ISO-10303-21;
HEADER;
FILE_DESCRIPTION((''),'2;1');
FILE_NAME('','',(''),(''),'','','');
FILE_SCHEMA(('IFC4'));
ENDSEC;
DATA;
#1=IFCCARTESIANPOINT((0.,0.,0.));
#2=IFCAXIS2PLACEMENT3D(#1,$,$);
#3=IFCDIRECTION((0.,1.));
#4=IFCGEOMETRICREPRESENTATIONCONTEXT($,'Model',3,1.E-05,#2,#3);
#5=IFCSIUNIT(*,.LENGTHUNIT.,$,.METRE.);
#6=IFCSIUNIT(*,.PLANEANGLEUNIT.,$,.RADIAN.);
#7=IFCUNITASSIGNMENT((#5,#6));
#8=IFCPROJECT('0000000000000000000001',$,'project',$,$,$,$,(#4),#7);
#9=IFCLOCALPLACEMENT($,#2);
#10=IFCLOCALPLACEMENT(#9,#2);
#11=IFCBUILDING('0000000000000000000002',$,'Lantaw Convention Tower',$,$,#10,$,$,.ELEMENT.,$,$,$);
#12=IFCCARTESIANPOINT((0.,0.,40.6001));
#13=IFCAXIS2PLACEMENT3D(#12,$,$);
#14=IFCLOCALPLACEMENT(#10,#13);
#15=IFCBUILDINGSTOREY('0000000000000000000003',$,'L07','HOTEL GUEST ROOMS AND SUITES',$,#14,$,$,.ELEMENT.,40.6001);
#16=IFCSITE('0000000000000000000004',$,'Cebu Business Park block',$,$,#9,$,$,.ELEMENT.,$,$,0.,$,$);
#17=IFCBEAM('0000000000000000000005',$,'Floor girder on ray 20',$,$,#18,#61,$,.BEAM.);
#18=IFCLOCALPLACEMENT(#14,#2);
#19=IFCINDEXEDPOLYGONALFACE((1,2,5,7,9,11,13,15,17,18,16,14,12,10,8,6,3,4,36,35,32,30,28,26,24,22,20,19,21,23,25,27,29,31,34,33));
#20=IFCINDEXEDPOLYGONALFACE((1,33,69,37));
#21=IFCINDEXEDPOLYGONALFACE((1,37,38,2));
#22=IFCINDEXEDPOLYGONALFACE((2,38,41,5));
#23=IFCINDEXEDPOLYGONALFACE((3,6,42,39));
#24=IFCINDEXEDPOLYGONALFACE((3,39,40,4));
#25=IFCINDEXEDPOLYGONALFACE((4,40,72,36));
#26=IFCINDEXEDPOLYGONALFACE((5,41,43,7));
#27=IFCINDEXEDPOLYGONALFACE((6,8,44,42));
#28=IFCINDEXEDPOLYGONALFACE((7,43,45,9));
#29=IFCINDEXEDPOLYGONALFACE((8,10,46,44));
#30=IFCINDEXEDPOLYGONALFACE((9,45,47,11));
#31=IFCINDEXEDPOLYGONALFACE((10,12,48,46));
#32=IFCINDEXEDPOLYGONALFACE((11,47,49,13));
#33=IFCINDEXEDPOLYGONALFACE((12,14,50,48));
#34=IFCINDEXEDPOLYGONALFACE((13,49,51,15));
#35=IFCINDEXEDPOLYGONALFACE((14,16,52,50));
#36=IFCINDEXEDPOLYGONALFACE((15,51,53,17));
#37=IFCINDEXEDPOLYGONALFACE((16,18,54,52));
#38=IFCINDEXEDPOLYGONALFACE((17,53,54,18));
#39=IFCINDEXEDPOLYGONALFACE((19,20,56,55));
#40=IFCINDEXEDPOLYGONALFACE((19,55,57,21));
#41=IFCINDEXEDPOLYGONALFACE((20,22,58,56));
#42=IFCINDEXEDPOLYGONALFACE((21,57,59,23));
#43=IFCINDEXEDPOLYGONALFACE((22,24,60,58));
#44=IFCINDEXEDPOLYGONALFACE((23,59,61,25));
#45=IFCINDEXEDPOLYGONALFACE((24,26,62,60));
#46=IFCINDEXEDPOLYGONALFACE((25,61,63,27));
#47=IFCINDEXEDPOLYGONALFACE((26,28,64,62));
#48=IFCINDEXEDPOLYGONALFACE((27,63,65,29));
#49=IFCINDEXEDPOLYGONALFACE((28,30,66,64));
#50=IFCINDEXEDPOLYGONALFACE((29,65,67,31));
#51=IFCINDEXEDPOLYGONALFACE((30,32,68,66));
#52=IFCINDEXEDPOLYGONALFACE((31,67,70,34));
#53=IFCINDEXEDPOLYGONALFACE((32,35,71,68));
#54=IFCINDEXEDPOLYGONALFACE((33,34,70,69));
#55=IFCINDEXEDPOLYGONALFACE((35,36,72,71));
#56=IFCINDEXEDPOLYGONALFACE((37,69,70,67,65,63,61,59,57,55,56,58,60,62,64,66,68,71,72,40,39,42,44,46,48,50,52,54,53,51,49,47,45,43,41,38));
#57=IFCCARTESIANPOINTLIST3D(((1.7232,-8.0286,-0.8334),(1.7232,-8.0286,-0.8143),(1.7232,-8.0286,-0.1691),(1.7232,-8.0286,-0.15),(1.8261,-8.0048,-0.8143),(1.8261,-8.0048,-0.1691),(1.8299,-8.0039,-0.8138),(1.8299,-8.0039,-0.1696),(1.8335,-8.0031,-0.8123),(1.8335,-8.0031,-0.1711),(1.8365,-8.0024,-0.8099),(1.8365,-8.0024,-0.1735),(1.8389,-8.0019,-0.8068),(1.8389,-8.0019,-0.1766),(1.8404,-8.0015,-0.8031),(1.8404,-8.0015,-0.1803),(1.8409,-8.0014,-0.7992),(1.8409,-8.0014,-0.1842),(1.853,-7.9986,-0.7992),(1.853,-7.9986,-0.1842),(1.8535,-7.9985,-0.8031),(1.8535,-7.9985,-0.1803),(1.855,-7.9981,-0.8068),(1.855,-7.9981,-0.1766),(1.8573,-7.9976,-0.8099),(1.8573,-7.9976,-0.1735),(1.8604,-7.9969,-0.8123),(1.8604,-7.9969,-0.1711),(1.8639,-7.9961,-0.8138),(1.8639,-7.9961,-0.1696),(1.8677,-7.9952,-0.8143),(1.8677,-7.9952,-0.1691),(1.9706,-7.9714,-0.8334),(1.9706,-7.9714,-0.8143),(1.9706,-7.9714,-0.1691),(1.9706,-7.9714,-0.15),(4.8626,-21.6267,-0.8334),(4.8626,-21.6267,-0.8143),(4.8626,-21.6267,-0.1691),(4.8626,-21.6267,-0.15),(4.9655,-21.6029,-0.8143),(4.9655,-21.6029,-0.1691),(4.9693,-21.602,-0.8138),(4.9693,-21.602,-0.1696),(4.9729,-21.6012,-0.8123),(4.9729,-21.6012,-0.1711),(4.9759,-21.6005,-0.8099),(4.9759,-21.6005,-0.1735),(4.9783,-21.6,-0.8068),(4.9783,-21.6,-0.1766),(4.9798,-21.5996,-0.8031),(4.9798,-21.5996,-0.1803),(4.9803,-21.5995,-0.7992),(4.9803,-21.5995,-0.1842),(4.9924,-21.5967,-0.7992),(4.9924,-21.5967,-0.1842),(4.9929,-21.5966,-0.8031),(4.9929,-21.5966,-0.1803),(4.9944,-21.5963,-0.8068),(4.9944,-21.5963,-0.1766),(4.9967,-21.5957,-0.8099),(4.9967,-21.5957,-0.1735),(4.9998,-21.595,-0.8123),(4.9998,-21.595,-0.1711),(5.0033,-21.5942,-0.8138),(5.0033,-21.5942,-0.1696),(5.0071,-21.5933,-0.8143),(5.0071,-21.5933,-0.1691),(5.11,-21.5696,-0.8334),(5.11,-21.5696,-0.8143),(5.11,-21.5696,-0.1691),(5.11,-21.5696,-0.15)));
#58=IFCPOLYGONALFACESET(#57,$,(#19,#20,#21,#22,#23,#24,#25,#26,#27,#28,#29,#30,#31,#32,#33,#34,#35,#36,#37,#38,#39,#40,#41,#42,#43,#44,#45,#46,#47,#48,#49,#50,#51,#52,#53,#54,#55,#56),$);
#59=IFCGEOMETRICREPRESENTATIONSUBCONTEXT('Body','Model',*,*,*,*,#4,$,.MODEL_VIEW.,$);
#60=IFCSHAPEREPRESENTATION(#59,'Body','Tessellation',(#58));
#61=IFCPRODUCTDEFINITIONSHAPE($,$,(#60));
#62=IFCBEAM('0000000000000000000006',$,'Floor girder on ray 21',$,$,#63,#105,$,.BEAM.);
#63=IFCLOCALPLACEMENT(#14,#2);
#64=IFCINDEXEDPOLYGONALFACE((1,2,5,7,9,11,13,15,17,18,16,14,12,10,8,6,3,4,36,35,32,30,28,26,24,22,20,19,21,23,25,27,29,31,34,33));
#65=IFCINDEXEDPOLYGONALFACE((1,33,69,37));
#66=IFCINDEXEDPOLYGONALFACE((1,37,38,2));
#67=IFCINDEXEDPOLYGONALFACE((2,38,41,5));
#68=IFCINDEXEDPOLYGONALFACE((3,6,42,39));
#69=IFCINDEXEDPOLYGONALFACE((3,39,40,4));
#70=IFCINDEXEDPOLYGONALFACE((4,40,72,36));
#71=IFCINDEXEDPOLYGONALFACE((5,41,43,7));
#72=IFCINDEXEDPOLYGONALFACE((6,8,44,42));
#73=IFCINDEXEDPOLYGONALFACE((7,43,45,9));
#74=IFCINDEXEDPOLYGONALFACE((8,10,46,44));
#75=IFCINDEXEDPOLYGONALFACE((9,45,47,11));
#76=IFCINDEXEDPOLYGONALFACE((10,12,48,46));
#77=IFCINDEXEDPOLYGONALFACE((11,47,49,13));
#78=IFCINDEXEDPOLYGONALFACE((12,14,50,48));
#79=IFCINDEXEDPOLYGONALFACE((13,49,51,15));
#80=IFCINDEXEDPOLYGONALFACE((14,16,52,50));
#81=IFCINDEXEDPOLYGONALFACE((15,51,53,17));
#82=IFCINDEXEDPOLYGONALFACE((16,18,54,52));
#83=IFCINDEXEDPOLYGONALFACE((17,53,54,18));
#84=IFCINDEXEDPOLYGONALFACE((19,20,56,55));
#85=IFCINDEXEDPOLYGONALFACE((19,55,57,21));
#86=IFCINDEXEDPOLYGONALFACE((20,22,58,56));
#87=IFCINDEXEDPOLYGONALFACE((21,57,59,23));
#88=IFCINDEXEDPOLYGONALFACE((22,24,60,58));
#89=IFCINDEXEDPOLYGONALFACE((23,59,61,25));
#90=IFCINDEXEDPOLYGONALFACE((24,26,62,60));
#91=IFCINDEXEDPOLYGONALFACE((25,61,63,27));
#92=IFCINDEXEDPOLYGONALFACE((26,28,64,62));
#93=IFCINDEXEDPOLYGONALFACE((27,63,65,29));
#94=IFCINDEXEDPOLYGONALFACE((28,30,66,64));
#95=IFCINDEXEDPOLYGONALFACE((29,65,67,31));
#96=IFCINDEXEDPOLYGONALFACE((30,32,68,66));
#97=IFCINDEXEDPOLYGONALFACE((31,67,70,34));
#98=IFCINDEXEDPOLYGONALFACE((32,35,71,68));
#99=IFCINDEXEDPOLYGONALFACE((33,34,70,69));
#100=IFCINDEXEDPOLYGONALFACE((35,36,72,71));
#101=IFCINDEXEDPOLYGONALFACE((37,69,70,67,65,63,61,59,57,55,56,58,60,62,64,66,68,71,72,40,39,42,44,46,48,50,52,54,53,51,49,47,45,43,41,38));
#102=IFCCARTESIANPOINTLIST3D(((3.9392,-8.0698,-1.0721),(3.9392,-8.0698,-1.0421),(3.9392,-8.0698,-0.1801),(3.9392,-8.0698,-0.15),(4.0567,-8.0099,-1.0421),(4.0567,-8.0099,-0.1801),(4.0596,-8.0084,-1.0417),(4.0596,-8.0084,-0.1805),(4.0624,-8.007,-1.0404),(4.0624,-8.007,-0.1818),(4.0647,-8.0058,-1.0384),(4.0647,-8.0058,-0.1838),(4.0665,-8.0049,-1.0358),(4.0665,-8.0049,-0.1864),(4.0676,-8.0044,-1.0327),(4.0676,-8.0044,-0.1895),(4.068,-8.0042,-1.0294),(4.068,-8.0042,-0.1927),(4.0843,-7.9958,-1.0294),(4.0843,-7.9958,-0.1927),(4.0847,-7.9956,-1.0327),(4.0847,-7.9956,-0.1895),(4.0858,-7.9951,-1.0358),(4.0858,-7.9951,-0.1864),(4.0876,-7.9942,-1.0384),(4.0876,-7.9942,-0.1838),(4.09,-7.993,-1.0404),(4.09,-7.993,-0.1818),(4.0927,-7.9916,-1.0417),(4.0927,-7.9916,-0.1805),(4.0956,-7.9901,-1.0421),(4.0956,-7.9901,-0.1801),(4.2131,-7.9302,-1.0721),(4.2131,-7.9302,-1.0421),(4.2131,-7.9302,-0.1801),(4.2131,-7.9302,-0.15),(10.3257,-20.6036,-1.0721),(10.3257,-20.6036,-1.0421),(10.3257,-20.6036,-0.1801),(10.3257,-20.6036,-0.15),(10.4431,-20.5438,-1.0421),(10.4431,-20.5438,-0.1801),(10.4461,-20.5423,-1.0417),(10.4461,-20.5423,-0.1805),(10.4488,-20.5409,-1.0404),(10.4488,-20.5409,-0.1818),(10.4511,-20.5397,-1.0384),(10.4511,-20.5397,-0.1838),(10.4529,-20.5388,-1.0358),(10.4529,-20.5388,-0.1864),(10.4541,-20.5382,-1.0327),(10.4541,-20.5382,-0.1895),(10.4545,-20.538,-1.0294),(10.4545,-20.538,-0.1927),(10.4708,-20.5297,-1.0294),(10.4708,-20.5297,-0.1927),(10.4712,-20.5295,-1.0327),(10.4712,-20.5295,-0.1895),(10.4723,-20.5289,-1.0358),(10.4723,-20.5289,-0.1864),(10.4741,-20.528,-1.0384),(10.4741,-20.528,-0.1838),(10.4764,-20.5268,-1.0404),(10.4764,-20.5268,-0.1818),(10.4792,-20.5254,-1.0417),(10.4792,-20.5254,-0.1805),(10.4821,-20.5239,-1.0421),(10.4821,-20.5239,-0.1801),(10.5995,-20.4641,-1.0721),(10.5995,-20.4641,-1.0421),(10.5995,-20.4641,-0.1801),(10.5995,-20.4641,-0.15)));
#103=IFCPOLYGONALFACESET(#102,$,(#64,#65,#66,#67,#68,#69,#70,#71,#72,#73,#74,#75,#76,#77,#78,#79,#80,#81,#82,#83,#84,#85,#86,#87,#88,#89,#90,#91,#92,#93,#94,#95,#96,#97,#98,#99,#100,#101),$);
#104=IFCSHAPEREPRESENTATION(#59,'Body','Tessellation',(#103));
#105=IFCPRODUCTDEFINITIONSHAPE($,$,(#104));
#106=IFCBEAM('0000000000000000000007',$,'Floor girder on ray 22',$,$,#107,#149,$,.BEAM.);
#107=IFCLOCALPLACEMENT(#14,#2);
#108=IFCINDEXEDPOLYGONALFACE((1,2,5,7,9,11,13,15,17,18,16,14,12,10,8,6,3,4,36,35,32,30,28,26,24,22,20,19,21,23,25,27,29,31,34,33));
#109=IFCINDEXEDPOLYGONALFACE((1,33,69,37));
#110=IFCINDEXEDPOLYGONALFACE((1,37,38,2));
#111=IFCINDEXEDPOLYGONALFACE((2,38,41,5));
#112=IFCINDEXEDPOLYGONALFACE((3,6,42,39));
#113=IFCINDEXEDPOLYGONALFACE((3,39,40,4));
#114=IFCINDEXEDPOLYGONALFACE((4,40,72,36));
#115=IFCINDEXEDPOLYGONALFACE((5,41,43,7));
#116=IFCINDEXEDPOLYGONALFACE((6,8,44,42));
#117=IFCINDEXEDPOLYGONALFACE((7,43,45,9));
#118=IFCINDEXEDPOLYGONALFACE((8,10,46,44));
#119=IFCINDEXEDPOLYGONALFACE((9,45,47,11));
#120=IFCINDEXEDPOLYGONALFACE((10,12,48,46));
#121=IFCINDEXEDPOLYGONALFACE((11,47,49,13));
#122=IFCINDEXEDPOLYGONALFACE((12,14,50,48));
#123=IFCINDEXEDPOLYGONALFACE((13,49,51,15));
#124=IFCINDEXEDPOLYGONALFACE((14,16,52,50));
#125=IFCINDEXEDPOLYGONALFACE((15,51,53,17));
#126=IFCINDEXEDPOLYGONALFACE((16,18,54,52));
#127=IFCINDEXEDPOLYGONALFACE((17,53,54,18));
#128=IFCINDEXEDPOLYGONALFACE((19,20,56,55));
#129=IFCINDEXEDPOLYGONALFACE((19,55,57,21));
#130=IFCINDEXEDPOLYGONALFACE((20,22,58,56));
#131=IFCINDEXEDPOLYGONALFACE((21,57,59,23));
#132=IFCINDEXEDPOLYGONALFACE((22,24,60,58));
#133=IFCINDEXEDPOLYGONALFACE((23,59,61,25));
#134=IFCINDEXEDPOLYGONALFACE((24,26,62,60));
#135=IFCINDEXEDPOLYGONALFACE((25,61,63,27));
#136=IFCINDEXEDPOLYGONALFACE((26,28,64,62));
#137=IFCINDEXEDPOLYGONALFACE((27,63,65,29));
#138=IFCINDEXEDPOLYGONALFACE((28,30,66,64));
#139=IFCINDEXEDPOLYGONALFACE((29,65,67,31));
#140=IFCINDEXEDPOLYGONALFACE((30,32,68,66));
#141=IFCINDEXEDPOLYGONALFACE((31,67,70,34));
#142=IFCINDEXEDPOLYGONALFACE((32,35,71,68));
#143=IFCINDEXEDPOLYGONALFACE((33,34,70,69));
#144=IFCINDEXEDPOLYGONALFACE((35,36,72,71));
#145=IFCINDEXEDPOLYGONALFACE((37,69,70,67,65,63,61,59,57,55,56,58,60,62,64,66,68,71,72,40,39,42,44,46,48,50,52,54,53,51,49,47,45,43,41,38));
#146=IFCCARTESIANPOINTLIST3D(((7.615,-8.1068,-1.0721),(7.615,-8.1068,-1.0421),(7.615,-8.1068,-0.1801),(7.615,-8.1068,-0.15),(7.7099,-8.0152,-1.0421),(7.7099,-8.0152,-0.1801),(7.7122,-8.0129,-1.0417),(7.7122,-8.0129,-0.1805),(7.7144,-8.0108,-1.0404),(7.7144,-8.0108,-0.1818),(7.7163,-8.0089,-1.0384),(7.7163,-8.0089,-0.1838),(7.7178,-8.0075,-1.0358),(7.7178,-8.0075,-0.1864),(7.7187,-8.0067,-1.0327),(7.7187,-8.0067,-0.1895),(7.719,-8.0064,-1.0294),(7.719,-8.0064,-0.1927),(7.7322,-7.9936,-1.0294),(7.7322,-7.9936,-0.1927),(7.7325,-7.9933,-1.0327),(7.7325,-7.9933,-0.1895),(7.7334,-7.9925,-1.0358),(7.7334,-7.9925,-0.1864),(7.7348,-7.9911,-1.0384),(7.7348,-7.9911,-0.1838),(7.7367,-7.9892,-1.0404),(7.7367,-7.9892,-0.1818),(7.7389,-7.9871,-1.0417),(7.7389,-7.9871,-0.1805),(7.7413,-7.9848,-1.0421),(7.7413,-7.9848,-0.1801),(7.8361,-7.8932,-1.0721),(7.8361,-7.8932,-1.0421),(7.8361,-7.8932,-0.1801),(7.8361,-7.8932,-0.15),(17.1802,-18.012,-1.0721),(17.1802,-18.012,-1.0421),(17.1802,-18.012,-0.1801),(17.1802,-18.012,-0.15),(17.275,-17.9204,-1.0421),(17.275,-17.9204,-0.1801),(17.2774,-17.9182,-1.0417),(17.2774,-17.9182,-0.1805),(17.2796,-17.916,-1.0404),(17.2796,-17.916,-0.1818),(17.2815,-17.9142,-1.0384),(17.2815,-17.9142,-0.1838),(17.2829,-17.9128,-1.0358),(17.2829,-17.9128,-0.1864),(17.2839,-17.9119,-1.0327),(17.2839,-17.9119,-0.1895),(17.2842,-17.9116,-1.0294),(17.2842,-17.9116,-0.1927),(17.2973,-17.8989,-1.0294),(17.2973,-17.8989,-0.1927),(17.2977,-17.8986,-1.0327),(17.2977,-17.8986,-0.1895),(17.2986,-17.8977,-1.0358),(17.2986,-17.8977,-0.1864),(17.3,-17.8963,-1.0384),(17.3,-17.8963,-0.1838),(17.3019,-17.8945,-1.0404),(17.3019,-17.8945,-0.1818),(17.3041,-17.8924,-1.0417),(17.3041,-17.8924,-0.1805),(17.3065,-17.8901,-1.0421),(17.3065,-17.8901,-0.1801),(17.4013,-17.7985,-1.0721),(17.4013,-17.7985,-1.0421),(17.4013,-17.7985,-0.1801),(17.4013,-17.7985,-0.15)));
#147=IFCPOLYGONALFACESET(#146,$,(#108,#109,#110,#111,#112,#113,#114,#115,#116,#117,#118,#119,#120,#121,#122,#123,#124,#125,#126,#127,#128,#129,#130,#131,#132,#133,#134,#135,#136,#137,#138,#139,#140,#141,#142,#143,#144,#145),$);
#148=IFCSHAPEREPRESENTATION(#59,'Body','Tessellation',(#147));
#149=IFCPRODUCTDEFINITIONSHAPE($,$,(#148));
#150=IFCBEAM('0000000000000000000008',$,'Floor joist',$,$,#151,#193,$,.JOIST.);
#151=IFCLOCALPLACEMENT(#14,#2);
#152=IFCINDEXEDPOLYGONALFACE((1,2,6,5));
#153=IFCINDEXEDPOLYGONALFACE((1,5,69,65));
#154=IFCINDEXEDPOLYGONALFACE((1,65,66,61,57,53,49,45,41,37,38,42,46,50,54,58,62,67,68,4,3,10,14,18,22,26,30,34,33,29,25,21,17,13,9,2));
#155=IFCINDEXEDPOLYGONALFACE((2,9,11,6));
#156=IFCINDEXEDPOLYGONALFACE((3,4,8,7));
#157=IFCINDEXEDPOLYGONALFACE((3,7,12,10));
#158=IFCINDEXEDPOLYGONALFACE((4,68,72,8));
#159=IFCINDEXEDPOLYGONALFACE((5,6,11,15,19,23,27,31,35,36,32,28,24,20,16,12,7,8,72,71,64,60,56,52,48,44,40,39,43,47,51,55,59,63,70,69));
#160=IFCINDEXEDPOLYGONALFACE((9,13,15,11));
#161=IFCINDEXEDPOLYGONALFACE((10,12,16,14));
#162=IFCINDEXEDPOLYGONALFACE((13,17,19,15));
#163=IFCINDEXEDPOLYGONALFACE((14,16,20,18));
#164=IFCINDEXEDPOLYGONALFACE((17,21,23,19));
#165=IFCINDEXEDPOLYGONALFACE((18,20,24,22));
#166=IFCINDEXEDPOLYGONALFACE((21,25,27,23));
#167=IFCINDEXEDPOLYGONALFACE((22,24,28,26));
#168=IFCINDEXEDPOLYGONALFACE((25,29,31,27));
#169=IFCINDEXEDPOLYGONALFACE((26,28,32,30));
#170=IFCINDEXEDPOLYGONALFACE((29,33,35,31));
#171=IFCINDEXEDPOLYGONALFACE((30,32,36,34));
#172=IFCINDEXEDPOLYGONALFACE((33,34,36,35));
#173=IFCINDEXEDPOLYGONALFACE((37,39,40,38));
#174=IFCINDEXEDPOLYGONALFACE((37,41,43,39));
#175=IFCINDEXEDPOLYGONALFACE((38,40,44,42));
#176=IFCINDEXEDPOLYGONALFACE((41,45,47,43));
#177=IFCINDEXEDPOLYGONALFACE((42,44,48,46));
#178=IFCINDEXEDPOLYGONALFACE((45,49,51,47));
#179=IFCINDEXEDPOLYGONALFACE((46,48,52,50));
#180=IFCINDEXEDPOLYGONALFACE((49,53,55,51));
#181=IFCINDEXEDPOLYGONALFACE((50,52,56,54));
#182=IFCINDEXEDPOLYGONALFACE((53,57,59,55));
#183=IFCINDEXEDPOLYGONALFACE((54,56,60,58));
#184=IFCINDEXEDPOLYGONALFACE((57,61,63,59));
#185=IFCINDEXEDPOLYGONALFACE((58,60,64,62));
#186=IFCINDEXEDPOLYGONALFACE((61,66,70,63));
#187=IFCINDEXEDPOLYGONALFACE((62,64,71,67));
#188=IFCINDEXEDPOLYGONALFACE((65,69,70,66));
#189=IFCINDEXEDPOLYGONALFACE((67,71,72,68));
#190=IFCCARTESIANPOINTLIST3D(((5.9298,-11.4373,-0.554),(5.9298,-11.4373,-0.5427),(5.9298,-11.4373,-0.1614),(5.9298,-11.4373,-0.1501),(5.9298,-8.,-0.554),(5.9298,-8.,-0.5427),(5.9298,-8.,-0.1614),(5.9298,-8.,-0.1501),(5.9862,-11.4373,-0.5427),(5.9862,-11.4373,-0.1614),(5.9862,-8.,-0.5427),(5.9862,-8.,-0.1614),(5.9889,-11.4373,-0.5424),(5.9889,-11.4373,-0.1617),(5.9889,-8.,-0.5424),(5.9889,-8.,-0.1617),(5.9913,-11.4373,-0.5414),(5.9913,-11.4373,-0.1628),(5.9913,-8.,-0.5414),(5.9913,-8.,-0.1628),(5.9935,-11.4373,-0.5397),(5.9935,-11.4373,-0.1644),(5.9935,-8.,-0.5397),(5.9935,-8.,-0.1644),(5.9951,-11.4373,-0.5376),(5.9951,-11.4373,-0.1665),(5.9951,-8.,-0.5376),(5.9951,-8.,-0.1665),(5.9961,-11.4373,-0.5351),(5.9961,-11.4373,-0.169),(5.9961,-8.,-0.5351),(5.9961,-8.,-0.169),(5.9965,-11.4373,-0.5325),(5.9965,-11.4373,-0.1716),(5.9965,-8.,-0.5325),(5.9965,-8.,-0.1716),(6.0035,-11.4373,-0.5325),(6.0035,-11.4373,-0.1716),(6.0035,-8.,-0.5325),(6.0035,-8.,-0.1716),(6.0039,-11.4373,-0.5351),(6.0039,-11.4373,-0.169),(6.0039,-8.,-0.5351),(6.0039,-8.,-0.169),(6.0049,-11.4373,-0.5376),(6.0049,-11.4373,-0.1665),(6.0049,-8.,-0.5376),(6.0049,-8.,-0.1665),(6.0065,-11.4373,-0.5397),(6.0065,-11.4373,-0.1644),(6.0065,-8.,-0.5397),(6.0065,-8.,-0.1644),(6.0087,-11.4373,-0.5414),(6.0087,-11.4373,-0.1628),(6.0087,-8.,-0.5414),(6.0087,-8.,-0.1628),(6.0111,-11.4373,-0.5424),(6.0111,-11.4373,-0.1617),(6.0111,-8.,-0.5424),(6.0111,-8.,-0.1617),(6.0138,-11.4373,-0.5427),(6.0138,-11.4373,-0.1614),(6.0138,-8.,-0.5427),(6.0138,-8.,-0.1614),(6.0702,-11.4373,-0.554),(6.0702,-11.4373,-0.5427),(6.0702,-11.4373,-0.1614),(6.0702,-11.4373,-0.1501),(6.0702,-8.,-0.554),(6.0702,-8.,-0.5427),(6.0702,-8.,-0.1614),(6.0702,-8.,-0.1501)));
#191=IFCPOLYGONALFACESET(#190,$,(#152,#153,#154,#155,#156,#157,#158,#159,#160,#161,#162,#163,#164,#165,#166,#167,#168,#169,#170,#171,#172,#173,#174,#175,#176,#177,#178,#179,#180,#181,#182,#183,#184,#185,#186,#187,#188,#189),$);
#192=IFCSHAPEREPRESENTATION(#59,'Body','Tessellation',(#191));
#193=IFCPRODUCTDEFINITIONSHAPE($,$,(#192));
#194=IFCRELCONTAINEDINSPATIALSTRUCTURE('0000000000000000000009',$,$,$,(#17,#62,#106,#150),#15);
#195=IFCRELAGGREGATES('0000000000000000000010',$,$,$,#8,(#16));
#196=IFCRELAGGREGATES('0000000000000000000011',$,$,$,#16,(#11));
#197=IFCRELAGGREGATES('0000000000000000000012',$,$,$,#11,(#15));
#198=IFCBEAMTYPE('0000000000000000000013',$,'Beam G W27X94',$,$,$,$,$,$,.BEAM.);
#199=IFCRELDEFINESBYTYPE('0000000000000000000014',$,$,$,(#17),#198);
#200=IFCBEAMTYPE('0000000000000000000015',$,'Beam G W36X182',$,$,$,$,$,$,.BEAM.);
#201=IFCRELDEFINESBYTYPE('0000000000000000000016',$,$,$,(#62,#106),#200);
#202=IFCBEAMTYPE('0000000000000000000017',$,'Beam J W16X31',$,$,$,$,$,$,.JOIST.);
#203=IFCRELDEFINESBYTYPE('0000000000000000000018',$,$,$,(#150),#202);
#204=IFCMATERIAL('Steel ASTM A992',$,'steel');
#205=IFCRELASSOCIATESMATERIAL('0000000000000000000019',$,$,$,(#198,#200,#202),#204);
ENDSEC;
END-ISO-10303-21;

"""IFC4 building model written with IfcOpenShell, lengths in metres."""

from ifc_helpers import new_model, si_unit, direction, frame, origin, origin_2d, place, context, subcontext, project, spatial, i_section, extrude, material, material_profile, profile_set, type_object, element, save


model = new_model("IFC4")

# Units and contexts
model_context = context("Model", 3, precision=1e-05, world=origin(), true_north=direction((0.0, 1.0)))
body_context = subcontext(model_context, "Body", "Model", "MODEL_VIEW")
ifc_project = project(units=[si_unit("LENGTHUNIT", "METRE"), si_unit("PLANEANGLEUNIT", "RADIAN")], contexts=[model_context])

# Site, building, storey
site_placement = place(None, origin())
site = spatial("IfcSite", under=ifc_project, at=site_placement, Name="Cebu Business Park block", CompositionType="ELEMENT", RefElevation=0.0)
building_placement = place(site_placement, origin())
building = spatial("IfcBuilding", under=site, at=building_placement, Name="Lantaw Convention Tower", CompositionType="ELEMENT")
storey_placement = place(building_placement, frame((0.0, 0.0, 40.6001)))
storey = spatial("IfcBuildingStorey", under=building, at=storey_placement, Name="L07", Description="HOTEL GUEST ROOMS AND SUITES", CompositionType="ELEMENT", Elevation=40.6001)

# Beams
ifc_material_1 = material(Name="Steel ASTM A992", Category="steel")
ifc_material_profile_1 = material_profile(ifc_material_1, i_section(OverallWidth=0.2539, OverallDepth=0.6833, WebThickness=0.0125, FlangeThickness=0.019, FilletRadius=0.0151, at=origin_2d()), Name="W27X94")
ifc_profile_set_1 = profile_set([ifc_material_profile_1], Name="Steel ASTM A992")
beam_type_1 = type_object("IfcBeamType", Name="Beam G W27X94", PredefinedType="BEAM", material=ifc_profile_set_1)
beam_1_placement = place(storey_placement, frame((1.8469, -8.0, -0.4917), z_axis=(0.224953, -0.97437, 0.0), x_axis=(0.97437, 0.224953, 0.0)))
element("IfcBeam", 1, at=beam_1_placement, inside=storey, type_object=beam_type_1, Name="Floor girder on ray 20", PredefinedType="BEAM", context=body_context, shape_type="SweptSolid", body=[
    extrude(i_section(OverallWidth=0.2539, OverallDepth=0.6833, WebThickness=0.0125, FlangeThickness=0.019, FilletRadius=0.0151, at=origin_2d()), origin(), (0.0, 0.0, 1.0), 13.9558),
])
ifc_material_profile_2 = material_profile(ifc_material_1, i_section(OverallWidth=0.3074, OverallDepth=0.9221, WebThickness=0.0183, FlangeThickness=0.03, FilletRadius=0.0127, at=origin_2d()), Name="W36X182")
ifc_profile_set_2 = profile_set([ifc_material_profile_2], Name="Steel ASTM A992")
beam_type_2 = type_object("IfcBeamType", Name="Beam G W36X182", PredefinedType="BEAM", material=ifc_profile_set_2)
beam_2_placement = place(storey_placement, frame((4.0762, -8.0, -0.6111), z_axis=(0.453997, -0.891003, 0.0), x_axis=(0.891003, 0.453997, 0.0)))
element("IfcBeam", 2, at=beam_2_placement, inside=storey, type_object=beam_type_2, Name="Floor girder on ray 21", PredefinedType="BEAM", context=body_context, shape_type="SweptSolid", body=[
    extrude(i_section(OverallWidth=0.3074, OverallDepth=0.9221, WebThickness=0.0183, FlangeThickness=0.03, FilletRadius=0.0127, at=origin_2d()), origin(), (0.0, 0.0, 1.0), 14.0671),
])
beam_3_placement = place(storey_placement, frame((7.7256, -8.0, -0.6111), z_axis=(0.69465, -0.719348, 0.0), x_axis=(0.719348, 0.69465, 0.0)))
element("IfcBeam", 3, at=beam_3_placement, inside=storey, type_object=beam_type_2, Name="Floor girder on ray 22", PredefinedType="BEAM", context=body_context, shape_type="SweptSolid", body=[
    extrude(i_section(OverallWidth=0.3074, OverallDepth=0.9221, WebThickness=0.0183, FlangeThickness=0.03, FilletRadius=0.0127, at=origin_2d()), origin(), (0.0, 0.0, 1.0), 13.7698),
])
ifc_material_profile_3 = material_profile(ifc_material_1, i_section(OverallWidth=0.1404, OverallDepth=0.4038, WebThickness=0.0071, FlangeThickness=0.0112, FilletRadius=0.0103, at=origin_2d()), Name="W16X31")
ifc_profile_set_3 = profile_set([ifc_material_profile_3], Name="Steel ASTM A992")
beam_type_3 = type_object("IfcBeamType", Name="Beam J W16X31", PredefinedType="JOIST", material=ifc_profile_set_3)
beam_4_placement = place(storey_placement, frame((6.0, -11.4373, -0.3521), z_axis=(0.0, 1.0, 0.0), x_axis=(-1.0, 0.0, 0.0)))
element("IfcBeam", 4, at=beam_4_placement, inside=storey, type_object=beam_type_3, Name="Floor joist", PredefinedType="JOIST", context=body_context, shape_type="SweptSolid", body=[
    extrude(i_section(OverallWidth=0.1404, OverallDepth=0.4038, WebThickness=0.0071, FlangeThickness=0.0112, FilletRadius=0.0103, at=origin_2d()), origin(), (0.0, 0.0, 1.0), 3.4373),
])

save(model, "model.ifc")
